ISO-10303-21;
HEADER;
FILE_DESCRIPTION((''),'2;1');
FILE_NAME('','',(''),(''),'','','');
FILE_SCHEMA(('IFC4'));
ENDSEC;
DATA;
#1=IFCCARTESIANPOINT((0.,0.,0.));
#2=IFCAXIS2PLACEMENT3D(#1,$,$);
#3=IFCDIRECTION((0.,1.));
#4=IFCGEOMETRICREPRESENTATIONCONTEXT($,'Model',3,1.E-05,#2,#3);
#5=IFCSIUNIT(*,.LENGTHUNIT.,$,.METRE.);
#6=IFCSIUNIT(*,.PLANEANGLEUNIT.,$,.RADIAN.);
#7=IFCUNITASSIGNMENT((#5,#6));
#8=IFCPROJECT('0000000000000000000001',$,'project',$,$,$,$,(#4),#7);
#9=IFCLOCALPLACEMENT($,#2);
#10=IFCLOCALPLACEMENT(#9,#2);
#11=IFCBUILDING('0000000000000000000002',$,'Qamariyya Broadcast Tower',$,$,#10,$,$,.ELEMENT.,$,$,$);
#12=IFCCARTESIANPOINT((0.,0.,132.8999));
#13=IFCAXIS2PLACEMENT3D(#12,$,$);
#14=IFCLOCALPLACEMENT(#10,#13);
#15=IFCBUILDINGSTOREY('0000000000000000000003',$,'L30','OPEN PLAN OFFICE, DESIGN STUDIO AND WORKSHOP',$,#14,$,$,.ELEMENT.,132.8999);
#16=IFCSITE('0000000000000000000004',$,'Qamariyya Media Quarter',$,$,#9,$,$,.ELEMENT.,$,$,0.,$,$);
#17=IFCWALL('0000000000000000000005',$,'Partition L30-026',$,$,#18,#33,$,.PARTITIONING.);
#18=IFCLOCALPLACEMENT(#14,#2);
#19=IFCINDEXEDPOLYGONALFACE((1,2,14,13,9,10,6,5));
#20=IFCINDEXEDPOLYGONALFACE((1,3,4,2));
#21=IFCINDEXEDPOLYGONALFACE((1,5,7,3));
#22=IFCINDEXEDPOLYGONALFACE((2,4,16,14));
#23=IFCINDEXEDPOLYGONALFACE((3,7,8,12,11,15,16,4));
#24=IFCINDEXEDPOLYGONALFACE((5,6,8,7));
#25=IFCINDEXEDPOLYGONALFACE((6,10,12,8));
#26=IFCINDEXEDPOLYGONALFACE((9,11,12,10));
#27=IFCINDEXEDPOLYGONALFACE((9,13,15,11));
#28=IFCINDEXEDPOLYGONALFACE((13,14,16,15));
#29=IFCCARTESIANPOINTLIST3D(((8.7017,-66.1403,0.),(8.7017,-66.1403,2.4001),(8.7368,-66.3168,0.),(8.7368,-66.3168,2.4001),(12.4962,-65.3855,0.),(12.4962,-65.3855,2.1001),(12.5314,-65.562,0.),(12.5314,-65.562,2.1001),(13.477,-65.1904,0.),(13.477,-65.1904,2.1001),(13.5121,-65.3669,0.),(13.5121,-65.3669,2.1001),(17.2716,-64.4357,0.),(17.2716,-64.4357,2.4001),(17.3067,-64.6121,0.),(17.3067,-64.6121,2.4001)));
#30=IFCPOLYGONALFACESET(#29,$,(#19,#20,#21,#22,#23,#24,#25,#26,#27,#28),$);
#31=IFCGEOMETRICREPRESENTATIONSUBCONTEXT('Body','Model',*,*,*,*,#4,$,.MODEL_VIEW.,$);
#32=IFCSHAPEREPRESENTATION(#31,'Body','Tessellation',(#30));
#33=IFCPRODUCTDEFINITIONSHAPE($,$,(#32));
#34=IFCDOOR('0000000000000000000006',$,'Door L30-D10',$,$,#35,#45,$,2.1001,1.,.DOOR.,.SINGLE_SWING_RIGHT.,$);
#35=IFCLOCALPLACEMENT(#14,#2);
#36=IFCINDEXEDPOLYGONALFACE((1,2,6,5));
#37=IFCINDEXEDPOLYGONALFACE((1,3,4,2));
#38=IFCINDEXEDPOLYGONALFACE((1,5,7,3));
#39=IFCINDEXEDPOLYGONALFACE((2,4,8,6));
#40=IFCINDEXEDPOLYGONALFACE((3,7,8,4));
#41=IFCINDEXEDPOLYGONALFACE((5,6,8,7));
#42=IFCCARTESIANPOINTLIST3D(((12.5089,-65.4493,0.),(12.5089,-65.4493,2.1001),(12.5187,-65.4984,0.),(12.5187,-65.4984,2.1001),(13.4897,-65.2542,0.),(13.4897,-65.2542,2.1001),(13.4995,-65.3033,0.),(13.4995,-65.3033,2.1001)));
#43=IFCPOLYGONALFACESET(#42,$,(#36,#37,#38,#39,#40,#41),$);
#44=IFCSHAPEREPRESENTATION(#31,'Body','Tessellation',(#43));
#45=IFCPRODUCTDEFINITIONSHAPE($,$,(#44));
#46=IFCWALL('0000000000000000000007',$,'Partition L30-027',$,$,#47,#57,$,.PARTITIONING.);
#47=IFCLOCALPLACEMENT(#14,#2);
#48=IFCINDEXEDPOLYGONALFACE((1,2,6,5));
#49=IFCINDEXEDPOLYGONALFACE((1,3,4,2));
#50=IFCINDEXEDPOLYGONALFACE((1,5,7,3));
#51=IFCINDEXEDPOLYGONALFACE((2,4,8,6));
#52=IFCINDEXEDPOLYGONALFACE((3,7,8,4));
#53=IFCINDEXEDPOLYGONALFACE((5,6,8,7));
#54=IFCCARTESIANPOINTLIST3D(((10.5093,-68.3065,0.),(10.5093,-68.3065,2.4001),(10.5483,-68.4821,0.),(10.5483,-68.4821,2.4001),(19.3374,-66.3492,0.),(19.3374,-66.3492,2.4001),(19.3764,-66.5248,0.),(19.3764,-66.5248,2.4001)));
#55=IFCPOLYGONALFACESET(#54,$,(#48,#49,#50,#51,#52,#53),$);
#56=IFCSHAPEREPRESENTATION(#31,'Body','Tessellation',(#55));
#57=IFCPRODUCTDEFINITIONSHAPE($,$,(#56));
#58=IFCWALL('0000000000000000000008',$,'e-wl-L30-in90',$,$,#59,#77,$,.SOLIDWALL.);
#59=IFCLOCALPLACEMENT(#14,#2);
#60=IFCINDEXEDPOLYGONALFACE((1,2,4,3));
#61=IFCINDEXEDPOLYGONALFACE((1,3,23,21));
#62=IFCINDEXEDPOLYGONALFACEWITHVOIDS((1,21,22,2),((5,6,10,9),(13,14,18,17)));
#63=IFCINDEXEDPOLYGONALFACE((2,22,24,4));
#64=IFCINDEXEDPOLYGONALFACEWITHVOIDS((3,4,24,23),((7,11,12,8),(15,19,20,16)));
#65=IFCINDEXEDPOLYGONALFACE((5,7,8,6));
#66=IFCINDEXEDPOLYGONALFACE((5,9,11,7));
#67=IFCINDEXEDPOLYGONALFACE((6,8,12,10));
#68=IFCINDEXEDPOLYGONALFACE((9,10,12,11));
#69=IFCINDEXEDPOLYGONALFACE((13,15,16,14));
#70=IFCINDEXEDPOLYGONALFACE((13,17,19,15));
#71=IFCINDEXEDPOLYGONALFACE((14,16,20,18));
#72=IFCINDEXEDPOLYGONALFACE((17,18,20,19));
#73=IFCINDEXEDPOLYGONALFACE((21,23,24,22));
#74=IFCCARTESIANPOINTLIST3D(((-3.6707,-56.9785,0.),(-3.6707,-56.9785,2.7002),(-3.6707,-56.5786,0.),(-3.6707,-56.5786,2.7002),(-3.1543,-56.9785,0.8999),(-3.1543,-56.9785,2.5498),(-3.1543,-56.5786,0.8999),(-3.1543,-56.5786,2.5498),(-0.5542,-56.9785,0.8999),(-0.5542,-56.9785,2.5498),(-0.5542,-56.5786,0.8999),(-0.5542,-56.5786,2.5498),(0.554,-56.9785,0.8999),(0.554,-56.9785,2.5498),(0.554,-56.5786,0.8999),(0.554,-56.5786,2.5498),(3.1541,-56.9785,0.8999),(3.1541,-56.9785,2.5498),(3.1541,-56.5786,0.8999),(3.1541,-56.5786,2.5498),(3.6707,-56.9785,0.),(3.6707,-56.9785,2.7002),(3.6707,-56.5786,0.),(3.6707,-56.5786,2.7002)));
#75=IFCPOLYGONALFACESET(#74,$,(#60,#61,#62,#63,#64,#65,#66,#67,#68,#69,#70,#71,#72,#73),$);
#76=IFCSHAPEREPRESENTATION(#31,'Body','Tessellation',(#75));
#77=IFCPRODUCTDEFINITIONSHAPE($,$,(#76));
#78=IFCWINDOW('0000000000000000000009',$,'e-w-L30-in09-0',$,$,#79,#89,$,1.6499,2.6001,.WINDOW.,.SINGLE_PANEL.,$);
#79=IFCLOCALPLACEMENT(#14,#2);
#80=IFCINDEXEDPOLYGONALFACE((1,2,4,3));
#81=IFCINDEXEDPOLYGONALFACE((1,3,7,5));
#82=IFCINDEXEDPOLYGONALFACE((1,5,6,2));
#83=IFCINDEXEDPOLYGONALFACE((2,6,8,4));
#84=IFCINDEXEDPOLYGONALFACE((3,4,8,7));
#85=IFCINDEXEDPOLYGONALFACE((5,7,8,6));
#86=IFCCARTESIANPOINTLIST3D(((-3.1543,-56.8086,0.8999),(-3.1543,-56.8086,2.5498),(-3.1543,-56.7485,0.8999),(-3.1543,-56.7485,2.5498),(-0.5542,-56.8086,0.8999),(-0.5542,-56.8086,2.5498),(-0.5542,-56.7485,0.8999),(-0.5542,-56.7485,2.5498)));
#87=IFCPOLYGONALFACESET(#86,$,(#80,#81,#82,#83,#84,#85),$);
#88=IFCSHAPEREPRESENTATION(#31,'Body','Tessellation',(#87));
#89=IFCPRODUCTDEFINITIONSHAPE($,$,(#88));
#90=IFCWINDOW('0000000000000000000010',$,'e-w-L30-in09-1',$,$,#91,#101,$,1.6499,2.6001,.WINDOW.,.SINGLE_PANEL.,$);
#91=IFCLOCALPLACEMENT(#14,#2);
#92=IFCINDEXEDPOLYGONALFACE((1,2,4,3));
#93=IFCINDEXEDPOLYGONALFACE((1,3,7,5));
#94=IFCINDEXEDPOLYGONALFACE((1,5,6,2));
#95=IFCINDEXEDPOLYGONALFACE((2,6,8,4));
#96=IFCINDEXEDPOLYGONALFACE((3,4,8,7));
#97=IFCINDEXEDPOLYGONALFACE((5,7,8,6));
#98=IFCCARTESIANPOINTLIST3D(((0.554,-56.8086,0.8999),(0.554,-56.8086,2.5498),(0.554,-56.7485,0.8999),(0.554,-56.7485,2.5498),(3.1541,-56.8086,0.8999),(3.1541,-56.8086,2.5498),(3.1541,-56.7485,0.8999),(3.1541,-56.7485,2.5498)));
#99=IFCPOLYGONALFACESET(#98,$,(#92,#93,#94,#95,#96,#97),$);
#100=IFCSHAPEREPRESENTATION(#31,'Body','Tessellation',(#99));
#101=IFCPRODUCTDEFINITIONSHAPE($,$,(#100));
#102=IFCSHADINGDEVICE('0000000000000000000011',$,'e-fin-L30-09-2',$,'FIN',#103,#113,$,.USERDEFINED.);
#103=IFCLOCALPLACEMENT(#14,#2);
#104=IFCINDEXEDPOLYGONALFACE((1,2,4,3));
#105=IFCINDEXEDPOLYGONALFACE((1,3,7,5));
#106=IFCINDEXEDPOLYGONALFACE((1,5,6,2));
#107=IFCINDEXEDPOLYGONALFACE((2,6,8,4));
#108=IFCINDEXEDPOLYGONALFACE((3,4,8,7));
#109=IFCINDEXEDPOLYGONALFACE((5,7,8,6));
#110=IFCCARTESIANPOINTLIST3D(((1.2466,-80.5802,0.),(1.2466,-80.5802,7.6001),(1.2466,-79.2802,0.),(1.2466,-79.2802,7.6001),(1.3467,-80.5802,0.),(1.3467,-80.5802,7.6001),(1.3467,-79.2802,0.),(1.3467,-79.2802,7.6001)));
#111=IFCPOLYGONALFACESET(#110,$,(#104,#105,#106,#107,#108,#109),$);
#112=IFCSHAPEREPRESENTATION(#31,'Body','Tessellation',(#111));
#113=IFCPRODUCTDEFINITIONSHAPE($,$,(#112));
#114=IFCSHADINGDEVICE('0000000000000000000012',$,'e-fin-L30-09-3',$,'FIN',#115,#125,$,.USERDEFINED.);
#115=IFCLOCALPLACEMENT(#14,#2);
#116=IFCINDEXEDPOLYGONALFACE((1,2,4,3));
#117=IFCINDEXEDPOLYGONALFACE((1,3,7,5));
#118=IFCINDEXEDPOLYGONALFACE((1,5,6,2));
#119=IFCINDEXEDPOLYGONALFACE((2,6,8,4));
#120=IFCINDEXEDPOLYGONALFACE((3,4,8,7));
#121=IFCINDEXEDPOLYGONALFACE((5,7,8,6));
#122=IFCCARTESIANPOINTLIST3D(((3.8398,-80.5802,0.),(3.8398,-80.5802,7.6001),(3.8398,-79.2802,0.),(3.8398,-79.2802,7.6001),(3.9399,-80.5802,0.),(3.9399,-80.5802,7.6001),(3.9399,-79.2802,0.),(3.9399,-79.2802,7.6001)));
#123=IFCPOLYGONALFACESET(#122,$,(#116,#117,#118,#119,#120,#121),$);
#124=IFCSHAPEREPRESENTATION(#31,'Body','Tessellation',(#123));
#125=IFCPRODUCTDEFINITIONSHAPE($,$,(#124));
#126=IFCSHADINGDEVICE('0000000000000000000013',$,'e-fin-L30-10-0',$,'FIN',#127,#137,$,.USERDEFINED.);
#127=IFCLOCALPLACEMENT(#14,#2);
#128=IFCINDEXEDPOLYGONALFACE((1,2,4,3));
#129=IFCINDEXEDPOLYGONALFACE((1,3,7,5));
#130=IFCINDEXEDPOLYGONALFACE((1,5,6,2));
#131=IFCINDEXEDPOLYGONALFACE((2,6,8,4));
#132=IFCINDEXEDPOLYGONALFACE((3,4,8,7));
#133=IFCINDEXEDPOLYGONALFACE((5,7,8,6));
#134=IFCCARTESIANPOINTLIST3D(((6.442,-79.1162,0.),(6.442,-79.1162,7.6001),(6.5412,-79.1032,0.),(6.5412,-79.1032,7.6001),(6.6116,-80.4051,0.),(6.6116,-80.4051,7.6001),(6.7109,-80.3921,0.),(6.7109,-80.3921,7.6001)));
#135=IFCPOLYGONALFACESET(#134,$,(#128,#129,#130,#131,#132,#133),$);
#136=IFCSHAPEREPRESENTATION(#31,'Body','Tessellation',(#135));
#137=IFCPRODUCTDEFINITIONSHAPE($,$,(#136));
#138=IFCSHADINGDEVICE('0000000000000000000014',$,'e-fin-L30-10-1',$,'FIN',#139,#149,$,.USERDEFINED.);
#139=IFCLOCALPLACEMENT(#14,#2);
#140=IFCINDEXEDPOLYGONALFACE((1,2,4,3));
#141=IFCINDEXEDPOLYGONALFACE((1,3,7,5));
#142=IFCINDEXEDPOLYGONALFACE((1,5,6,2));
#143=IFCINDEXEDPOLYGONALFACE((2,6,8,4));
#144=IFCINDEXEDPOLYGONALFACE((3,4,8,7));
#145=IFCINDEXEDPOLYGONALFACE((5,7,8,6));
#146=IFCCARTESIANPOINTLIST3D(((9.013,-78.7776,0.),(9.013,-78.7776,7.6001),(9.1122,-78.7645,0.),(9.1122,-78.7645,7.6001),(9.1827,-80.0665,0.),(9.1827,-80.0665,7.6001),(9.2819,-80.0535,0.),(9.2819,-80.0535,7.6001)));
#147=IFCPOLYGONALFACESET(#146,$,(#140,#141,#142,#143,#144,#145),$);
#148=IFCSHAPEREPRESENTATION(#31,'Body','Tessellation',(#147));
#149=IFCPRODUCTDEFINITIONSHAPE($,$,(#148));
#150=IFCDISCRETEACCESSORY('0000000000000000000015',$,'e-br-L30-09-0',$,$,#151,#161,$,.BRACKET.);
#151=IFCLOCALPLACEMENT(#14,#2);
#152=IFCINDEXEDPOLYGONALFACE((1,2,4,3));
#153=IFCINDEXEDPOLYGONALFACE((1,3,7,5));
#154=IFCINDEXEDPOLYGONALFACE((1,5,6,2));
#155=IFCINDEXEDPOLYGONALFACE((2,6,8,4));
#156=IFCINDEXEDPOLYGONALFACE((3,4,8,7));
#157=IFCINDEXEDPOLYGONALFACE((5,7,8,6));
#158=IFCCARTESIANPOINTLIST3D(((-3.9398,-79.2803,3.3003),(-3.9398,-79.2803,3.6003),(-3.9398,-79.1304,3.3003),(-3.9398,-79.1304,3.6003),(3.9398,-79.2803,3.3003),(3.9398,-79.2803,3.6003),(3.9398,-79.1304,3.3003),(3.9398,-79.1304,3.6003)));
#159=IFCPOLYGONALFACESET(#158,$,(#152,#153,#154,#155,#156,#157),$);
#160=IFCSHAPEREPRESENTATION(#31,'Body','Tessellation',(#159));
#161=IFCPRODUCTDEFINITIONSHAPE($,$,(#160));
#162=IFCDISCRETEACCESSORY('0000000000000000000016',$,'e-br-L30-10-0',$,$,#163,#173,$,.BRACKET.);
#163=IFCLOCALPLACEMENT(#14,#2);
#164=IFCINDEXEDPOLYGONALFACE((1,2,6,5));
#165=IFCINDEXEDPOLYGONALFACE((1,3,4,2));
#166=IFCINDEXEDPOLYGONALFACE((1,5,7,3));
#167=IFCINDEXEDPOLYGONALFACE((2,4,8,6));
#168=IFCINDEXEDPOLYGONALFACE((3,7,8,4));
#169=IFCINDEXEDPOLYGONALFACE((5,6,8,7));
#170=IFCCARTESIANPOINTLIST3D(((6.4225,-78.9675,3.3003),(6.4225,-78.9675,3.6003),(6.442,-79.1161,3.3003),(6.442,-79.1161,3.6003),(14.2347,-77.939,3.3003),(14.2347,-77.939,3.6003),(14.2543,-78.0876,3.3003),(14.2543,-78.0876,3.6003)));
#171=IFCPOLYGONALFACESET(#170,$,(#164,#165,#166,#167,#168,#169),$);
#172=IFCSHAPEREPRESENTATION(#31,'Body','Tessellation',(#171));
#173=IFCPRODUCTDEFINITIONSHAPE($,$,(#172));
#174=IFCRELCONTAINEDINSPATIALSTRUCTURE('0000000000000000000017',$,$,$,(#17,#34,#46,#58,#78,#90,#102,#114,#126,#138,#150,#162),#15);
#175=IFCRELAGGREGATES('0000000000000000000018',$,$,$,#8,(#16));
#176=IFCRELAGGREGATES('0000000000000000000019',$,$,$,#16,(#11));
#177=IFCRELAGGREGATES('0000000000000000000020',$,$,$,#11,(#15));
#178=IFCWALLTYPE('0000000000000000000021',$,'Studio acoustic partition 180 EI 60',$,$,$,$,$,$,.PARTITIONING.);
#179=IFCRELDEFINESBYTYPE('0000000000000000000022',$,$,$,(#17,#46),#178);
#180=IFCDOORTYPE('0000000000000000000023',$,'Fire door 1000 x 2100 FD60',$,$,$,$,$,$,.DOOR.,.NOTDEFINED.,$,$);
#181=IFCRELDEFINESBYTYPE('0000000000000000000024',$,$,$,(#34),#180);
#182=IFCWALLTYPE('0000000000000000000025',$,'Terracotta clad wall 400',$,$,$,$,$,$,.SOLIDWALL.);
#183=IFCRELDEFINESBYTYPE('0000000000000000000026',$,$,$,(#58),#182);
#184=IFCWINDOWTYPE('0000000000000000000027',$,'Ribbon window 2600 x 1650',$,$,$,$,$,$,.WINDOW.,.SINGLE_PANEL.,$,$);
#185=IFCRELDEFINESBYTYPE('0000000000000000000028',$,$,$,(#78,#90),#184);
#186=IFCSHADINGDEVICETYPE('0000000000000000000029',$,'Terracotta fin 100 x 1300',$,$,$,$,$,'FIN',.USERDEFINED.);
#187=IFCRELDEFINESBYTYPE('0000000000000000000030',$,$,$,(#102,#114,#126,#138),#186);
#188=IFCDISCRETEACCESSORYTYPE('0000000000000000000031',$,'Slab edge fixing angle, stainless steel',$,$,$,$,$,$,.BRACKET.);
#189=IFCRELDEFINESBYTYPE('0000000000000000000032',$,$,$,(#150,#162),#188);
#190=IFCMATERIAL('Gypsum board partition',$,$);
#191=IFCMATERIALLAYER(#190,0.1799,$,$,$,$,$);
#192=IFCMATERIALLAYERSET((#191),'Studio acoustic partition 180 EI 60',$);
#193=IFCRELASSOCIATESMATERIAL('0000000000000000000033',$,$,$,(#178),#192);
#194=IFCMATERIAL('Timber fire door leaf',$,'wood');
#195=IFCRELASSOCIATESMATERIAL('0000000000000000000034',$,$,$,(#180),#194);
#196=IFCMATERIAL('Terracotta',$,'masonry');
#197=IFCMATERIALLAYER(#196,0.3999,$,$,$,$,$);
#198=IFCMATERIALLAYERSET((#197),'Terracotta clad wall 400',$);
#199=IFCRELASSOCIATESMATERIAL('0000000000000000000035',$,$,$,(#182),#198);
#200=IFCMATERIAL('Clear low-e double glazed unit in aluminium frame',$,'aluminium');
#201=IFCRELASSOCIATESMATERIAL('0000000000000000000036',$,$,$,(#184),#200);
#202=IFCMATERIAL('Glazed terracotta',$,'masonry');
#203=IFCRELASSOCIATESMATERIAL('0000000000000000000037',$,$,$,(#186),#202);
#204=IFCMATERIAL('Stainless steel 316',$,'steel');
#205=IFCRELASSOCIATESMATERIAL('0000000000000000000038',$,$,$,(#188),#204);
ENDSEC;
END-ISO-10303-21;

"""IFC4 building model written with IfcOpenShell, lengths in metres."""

from ifc_helpers import new_model, si_unit, direction, frame, frame_2d, origin, origin_2d, place, context, subcontext, project, spatial, rectangle, extrude, material, layer, layer_set, material_profile, profile_set, type_object, element, fill, save


model = new_model("IFC4")

# Units and contexts
model_context = context("Model", 3, precision=1e-05, world=origin(), true_north=direction((0.0, 1.0)))
body_context = subcontext(model_context, "Body", "Model", "MODEL_VIEW")
ifc_project = project(units=[si_unit("LENGTHUNIT", "METRE"), si_unit("PLANEANGLEUNIT", "RADIAN")], contexts=[model_context])

# Site, building, storey
site_placement = place(None, origin())
site = spatial("IfcSite", under=ifc_project, at=site_placement, Name="Qamariyya Media Quarter", CompositionType="ELEMENT", RefElevation=0.0)
building_placement = place(site_placement, origin())
building = spatial("IfcBuilding", under=site, at=building_placement, Name="Qamariyya Broadcast Tower", CompositionType="ELEMENT")
storey_placement = place(building_placement, frame((0.0, 0.0, 132.8999)))
storey = spatial("IfcBuildingStorey", under=building, at=storey_placement, Name="L30", Description="OPEN PLAN OFFICE, DESIGN STUDIO AND WORKSHOP", CompositionType="ELEMENT", Elevation=132.8999)

# Shared definitions
ifc_material_1 = material(Name="Gypsum board partition")

# Shared definitions
ifc_layer_1 = layer(ifc_material_1, 0.1799)
ifc_layer_set_1 = layer_set([ifc_layer_1], Name="Studio acoustic partition 180 EI 60")
wall_type_1 = type_object("IfcWallType", Name="Studio acoustic partition 180 EI 60", PredefinedType="PARTITIONING", material=ifc_layer_set_1)
ifc_material_2 = material(Name="Timber fire door leaf", Category="wood")
door_type = type_object("IfcDoorType", Name="Fire door 1000 x 2100 FD60", OperationType="NOTDEFINED", PredefinedType="DOOR", material=ifc_material_2)

# Wall, opening, door
wall_1_placement = place(storey_placement, frame((8.7192, -66.2285, 0.0), z_axis=(0.0, 0.0, 1.0), x_axis=(0.980786, 0.195084, 0.0)))
wall_1 = element("IfcWall", 1, at=wall_1_placement, inside=storey, type_object=wall_type_1, Name="Partition L30-026", PredefinedType="PARTITIONING", context=body_context, shape_type="SweptSolid", body=[
    extrude(rectangle(XDim=8.7378, YDim=0.1799, at=frame_2d((4.3689, 0.0))), origin(), (0.0, 0.0, 1.0), 2.4001),
])
opening_1_placement = place(wall_1_placement, frame((3.8689, 0.0, 0.0)))
opening_1 = element("IfcOpeningElement", 2, at=opening_1_placement, cuts=wall_1, PredefinedType="OPENING", context=body_context, shape_type="SweptSolid", body=[
    extrude(rectangle(XDim=1.0, YDim=2.1001, at=frame_2d((0.5, 1.05))), frame((0.0, 0.0999, 0.0), z_axis=(0.0, -1.0, 0.0), x_axis=(1.0, 0.0, 0.0)), (0.0, 0.0, 1.0), 0.2),
])
door_1_placement = place(opening_1_placement, origin())
door_1 = element("IfcDoor", 3, at=door_1_placement, inside=storey, type_object=door_type, Name="Door L30-D10", OperationType="SINGLE_SWING_RIGHT", OverallHeight=2.1001, OverallWidth=1.0, PredefinedType="DOOR", context=body_context, shape_type="SweptSolid", body=[
    extrude(rectangle(XDim=1.0, YDim=2.1001, at=frame_2d((0.5, 1.05))), frame((0.0, 0.0249, 0.0), z_axis=(0.0, -1.0, 0.0), x_axis=(1.0, 0.0, 0.0)), (0.0, 0.0, 1.0), 0.05),
])
fill(opening_1, door_1)

# Wall
wall_2_placement = place(storey_placement, frame((10.5288, -68.3943, 0.0), z_axis=(0.0, 0.0, 1.0), x_axis=(0.976293, 0.216453, 0.0)))
element("IfcWall", 4, at=wall_2_placement, inside=storey, type_object=wall_type_1, Name="Partition L30-027", PredefinedType="PARTITIONING", context=body_context, shape_type="SweptSolid", body=[
    extrude(rectangle(XDim=9.0425, YDim=0.1799, at=frame_2d((4.5212, 0.0))), origin(), (0.0, 0.0, 1.0), 2.4001),
])

# Wall, openings, windows
ifc_material_3 = material(Name="Terracotta", Category="masonry")
ifc_layer_2 = layer(ifc_material_3, 0.3999)
ifc_layer_set_2 = layer_set([ifc_layer_2], Name="Terracotta clad wall 400")
wall_type_2 = type_object("IfcWallType", Name="Terracotta clad wall 400", PredefinedType="SOLIDWALL", material=ifc_layer_set_2)
wall_3_placement = place(storey_placement, frame((3.6707, -56.7786, 0.0), z_axis=(0.0, 0.0, 1.0), x_axis=(-1.0, 0.0, 0.0)))
wall_3 = element("IfcWall", 5, at=wall_3_placement, inside=storey, type_object=wall_type_2, Name="e-wl-L30-in90", PredefinedType="SOLIDWALL", context=body_context, shape_type="SweptSolid", body=[
    extrude(rectangle(XDim=7.3413, YDim=0.3999, at=frame_2d((3.6707, 0.0))), origin(), (0.0, 0.0, 1.0), 2.7002),
])
opening_2_placement = place(wall_3_placement, frame((4.2249, 0.0, 0.8999)))
opening_2 = element("IfcOpeningElement", 6, at=opening_2_placement, cuts=wall_3, PredefinedType="OPENING", context=body_context, shape_type="SweptSolid", body=[
    extrude(rectangle(XDim=2.6001, YDim=1.6499, at=frame_2d((1.3, 0.825))), frame((0.0, 0.21, 0.0), z_axis=(0.0, -1.0, 0.0), x_axis=(1.0, 0.0, 0.0)), (0.0, 0.0, 1.0), 0.4199),
])
opening_3_placement = place(wall_3_placement, frame((0.5166, 0.0, 0.8999)))
opening_3 = element("IfcOpeningElement", 7, at=opening_3_placement, cuts=wall_3, PredefinedType="OPENING", context=body_context, shape_type="SweptSolid", body=[
    extrude(rectangle(XDim=2.6001, YDim=1.6499, at=frame_2d((1.3, 0.825))), frame((0.0, 0.21, 0.0), z_axis=(0.0, -1.0, 0.0), x_axis=(1.0, 0.0, 0.0)), (0.0, 0.0, 1.0), 0.4199),
])
ifc_material_4 = material(Name="Clear low-e double glazed unit in aluminium frame", Category="aluminium")
window_type = type_object("IfcWindowType", Name="Ribbon window 2600 x 1650", PartitioningType="SINGLE_PANEL", PredefinedType="WINDOW", material=ifc_material_4)
window_1_placement = place(opening_2_placement, origin())
window_1 = element("IfcWindow", 8, at=window_1_placement, inside=storey, type_object=window_type, Name="e-w-L30-in09-0", OverallHeight=1.6499, OverallWidth=2.6001, PartitioningType="SINGLE_PANEL", PredefinedType="WINDOW", context=body_context, shape_type="SweptSolid", body=[
    extrude(rectangle(XDim=2.6001, YDim=1.6499, at=frame_2d((1.3, 0.825))), frame((0.0, 0.03, 0.0), z_axis=(0.0, -1.0, 0.0), x_axis=(1.0, 0.0, 0.0)), (0.0, 0.0, 1.0), 0.0601),
])
fill(opening_2, window_1)
window_2_placement = place(opening_3_placement, origin())
window_2 = element("IfcWindow", 9, at=window_2_placement, inside=storey, type_object=window_type, Name="e-w-L30-in09-1", OverallHeight=1.6499, OverallWidth=2.6001, PartitioningType="SINGLE_PANEL", PredefinedType="WINDOW", context=body_context, shape_type="SweptSolid", body=[
    extrude(rectangle(XDim=2.6001, YDim=1.6499, at=frame_2d((1.3, 0.825))), frame((0.0, 0.03, 0.0), z_axis=(0.0, -1.0, 0.0), x_axis=(1.0, 0.0, 0.0)), (0.0, 0.0, 1.0), 0.0601),
])
fill(opening_3, window_2)

# Shading devices
ifc_material_5 = material(Name="Glazed terracotta", Category="masonry")
ifc_material_profile_1 = material_profile(ifc_material_5, rectangle(XDim=1.3, YDim=0.1001, at=origin_2d()))
ifc_profile_set_1 = profile_set([ifc_material_profile_1], Name="Glazed terracotta")
shading_device_type_1 = type_object("IfcShadingDeviceType", Name="Terracotta fin 100 x 1300", ElementType="FIN", PredefinedType="USERDEFINED", material=ifc_profile_set_1)
for number, where, z_axis, x_axis, name in (
    (10, (1.2966, -79.9302, 0.0), (0.0, 0.0, 1.0), (0.0, -1.0, 0.0), "e-fin-L30-09-2"),
    (11, (3.8899, -79.9302, 0.0), (0.0, 0.0, 1.0), (0.0, -1.0, 0.0), "e-fin-L30-09-3"),
    (12, (6.5764, -79.7542, 0.0), (0.0, 0.0, 1.0), (0.130526, -0.991445, 0.0), "e-fin-L30-10-0"),
    (13, (9.1475, -79.4155, 0.0), (0.0, 0.0, 1.0), (0.130526, -0.991445, 0.0), "e-fin-L30-10-1"),
):
    element("IfcShadingDevice", number, at=place(storey_placement, frame(where, z_axis=z_axis, x_axis=x_axis)), inside=storey, type_object=shading_device_type_1, Name=name, ObjectType="FIN", PredefinedType="USERDEFINED", context=body_context, shape_type="SweptSolid", body=[
        extrude(rectangle(XDim=1.3, YDim=0.1001, at=origin_2d()), origin(), (0.0, 0.0, 1.0), 7.6001),
    ])

# Discrete accessories
ifc_material_6 = material(Name="Stainless steel 316", Category="steel")
discrete_accessory_type = type_object("IfcDiscreteAccessoryType", Name="Slab edge fixing angle, stainless steel", PredefinedType="BRACKET", material=ifc_material_6)
for number, where, z_axis, x_axis, name in (
    (14, (0.0, -79.2053, 3.3003), (0.0, 0.0, 1.0), (1.0, 0.0, 0.0), "e-br-L30-09-0"),
    (15, (10.3384, -78.5276, 3.3003), (0.0, 0.0, 1.0), (0.991445, 0.130526, 0.0), "e-br-L30-10-0"),
):
    element("IfcDiscreteAccessory", number, at=place(storey_placement, frame(where, z_axis=z_axis, x_axis=x_axis)), inside=storey, type_object=discrete_accessory_type, Name=name, PredefinedType="BRACKET", context=body_context, shape_type="SweptSolid", body=[
        extrude(rectangle(XDim=7.8796, YDim=0.1499, at=origin_2d()), origin(), (0.0, 0.0, 1.0), 0.3),
    ])

save(model, "model.ifc")
